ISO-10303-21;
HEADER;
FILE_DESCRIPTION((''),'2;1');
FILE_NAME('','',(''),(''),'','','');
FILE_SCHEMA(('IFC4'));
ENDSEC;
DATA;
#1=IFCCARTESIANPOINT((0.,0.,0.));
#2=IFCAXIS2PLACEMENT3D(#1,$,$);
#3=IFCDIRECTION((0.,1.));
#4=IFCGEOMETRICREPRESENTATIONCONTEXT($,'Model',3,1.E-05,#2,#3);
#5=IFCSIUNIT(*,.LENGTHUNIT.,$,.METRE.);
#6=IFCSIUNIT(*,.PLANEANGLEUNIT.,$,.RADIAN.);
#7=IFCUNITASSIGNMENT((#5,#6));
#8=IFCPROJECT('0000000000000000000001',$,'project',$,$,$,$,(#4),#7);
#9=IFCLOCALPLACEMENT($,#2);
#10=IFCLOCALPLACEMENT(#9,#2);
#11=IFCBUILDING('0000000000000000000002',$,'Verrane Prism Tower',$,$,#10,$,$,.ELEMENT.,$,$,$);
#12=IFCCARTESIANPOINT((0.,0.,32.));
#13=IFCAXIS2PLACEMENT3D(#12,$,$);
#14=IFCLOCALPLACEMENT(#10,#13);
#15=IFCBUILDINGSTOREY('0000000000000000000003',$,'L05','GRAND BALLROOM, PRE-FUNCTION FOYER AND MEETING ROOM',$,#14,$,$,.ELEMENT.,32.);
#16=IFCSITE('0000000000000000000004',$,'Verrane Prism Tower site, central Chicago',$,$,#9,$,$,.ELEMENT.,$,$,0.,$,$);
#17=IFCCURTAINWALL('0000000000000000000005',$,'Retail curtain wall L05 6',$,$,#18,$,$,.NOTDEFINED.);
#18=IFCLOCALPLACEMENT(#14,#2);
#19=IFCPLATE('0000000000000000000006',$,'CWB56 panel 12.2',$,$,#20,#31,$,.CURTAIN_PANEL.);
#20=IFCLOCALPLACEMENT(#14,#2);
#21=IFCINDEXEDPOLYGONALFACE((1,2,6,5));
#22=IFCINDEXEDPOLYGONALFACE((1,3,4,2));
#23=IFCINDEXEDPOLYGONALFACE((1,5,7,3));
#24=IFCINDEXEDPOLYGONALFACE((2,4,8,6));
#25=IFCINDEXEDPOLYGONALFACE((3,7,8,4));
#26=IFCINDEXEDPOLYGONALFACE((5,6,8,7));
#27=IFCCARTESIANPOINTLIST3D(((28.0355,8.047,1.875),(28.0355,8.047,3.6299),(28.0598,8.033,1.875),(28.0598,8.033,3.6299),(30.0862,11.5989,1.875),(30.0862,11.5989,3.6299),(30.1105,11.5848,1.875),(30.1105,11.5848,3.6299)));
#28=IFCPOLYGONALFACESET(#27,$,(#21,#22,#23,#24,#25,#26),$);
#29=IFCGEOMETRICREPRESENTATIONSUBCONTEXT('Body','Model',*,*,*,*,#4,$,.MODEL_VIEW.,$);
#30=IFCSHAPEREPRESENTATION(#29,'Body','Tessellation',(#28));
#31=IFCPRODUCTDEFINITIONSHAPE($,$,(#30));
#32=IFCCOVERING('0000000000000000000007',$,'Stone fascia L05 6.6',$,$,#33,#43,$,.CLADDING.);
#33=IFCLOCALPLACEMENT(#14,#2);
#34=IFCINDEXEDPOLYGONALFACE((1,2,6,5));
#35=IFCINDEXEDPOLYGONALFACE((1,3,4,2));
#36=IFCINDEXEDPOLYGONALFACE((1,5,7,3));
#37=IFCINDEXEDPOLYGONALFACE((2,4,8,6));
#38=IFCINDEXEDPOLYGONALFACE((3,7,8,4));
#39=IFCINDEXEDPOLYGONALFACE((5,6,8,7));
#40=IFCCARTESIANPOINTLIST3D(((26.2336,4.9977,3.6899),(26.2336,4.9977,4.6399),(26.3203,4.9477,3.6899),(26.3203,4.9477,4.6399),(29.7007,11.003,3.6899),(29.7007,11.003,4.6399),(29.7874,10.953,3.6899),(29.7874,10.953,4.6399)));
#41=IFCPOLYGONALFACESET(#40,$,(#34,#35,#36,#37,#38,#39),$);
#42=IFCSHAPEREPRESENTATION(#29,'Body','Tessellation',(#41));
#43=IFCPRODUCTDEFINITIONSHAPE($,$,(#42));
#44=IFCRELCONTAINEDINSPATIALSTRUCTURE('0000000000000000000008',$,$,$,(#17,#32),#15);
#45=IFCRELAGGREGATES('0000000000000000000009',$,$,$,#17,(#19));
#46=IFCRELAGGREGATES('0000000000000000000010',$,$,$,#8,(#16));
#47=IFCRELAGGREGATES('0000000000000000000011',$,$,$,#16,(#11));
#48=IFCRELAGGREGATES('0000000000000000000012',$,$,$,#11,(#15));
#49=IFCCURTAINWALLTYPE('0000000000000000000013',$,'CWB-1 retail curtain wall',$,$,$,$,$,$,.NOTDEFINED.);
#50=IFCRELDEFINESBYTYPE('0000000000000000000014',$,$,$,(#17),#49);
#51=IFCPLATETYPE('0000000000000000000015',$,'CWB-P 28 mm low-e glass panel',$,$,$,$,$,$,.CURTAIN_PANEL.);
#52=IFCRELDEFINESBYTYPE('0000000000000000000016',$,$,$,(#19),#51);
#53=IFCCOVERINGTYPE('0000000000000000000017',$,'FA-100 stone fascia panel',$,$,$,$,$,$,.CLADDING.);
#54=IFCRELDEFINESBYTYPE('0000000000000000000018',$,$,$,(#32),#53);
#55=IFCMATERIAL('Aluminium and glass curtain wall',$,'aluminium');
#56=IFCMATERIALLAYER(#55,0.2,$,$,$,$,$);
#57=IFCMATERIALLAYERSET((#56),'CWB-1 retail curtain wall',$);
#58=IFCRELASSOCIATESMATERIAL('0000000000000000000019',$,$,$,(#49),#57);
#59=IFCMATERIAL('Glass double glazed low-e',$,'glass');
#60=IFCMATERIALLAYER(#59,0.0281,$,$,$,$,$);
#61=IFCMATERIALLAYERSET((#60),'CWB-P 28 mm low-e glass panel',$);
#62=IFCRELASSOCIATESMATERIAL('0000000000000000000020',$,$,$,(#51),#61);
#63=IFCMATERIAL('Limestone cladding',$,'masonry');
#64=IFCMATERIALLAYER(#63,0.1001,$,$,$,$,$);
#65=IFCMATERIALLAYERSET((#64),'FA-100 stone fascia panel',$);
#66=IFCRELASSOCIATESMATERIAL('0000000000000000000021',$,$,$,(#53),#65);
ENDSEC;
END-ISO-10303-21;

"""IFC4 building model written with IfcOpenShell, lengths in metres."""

from ifc_helpers import new_model, si_unit, direction, frame, origin, origin_2d, place, context, subcontext, project, spatial, rectangle, extrude, material, layer, layer_set, type_object, element, aggregate, save


model = new_model("IFC4")

# Units and contexts
model_context = context("Model", 3, precision=1e-05, world=origin(), true_north=direction((0.0, 1.0)))
body_context = subcontext(model_context, "Body", "Model", "MODEL_VIEW")
ifc_project = project(units=[si_unit("LENGTHUNIT", "METRE"), si_unit("PLANEANGLEUNIT", "RADIAN")], contexts=[model_context])

# Site, building, storey
site_placement = place(None, origin())
site = spatial("IfcSite", under=ifc_project, at=site_placement, Name="Verrane Prism Tower site, central Chicago", CompositionType="ELEMENT", RefElevation=0.0)
building_placement = place(site_placement, origin())
building = spatial("IfcBuilding", under=site, at=building_placement, Name="Verrane Prism Tower", CompositionType="ELEMENT")
storey_placement = place(building_placement, frame((0.0, 0.0, 32.0)))
storey = spatial("IfcBuildingStorey", under=building, at=storey_placement, Name="L05", Description="GRAND BALLROOM, PRE-FUNCTION FOYER AND MEETING ROOM", CompositionType="ELEMENT", Elevation=32.0)

# Shared definitions
ifc_material_1 = material(Name="Aluminium and glass curtain wall", Category="aluminium")
ifc_layer_1 = layer(ifc_material_1, 0.2)
ifc_layer_set_1 = layer_set([ifc_layer_1], Name="CWB-1 retail curtain wall")
curtain_wall_type = type_object("IfcCurtainWallType", Name="CWB-1 retail curtain wall", PredefinedType="NOTDEFINED", material=ifc_layer_set_1)

# Curtain wall
curtain_wall_1_placement = place(storey_placement, origin())
curtain_wall_1 = element("IfcCurtainWall", 1, at=curtain_wall_1_placement, inside=storey, type_object=curtain_wall_type, Name="Retail curtain wall L05 6", PredefinedType="NOTDEFINED")

# Plate
ifc_material_2 = material(Name="Glass double glazed low-e", Category="glass")
ifc_layer_2 = layer(ifc_material_2, 0.0281)
ifc_layer_set_2 = layer_set([ifc_layer_2], Name="CWB-P 28 mm low-e glass panel")
plate_type = type_object("IfcPlateType", Name="CWB-P 28 mm low-e glass panel", PredefinedType="CURTAIN_PANEL", material=ifc_layer_set_2)
plate_1_placement = place(storey_placement, frame((29.073, 9.8159, 1.875), z_axis=(0.0, 0.0, 1.0), x_axis=(0.5, 0.866025, 0.0)))
plate_1 = element("IfcPlate", 2, at=plate_1_placement, type_object=plate_type, Name="CWB56 panel 12.2", PredefinedType="CURTAIN_PANEL", context=body_context, shape_type="SweptSolid", body=[
    extrude(rectangle(XDim=4.1013, YDim=0.0281, at=origin_2d()), origin(), (0.0, 0.0, 1.0), 1.7549),
])
aggregate(curtain_wall_1, [plate_1])

# Covering
ifc_material_3 = material(Name="Limestone cladding", Category="masonry")
ifc_layer_3 = layer(ifc_material_3, 0.1001)
ifc_layer_set_3 = layer_set([ifc_layer_3], Name="FA-100 stone fascia panel")
covering_type = type_object("IfcCoveringType", Name="FA-100 stone fascia panel", PredefinedType="CLADDING", material=ifc_layer_set_3)
covering_placement = place(storey_placement, frame((28.0105, 7.9753, 3.6899), z_axis=(0.0, 0.0, 1.0), x_axis=(0.5, 0.866025, 0.0)))
element("IfcCovering", 3, at=covering_placement, inside=storey, type_object=covering_type, Name="Stone fascia L05 6.6", PredefinedType="CLADDING", context=body_context, shape_type="SweptSolid", body=[
    extrude(rectangle(XDim=6.9343, YDim=0.1001, at=origin_2d()), origin(), (0.0, 0.0, 1.0), 0.95),
])

save(model, "model.ifc")
